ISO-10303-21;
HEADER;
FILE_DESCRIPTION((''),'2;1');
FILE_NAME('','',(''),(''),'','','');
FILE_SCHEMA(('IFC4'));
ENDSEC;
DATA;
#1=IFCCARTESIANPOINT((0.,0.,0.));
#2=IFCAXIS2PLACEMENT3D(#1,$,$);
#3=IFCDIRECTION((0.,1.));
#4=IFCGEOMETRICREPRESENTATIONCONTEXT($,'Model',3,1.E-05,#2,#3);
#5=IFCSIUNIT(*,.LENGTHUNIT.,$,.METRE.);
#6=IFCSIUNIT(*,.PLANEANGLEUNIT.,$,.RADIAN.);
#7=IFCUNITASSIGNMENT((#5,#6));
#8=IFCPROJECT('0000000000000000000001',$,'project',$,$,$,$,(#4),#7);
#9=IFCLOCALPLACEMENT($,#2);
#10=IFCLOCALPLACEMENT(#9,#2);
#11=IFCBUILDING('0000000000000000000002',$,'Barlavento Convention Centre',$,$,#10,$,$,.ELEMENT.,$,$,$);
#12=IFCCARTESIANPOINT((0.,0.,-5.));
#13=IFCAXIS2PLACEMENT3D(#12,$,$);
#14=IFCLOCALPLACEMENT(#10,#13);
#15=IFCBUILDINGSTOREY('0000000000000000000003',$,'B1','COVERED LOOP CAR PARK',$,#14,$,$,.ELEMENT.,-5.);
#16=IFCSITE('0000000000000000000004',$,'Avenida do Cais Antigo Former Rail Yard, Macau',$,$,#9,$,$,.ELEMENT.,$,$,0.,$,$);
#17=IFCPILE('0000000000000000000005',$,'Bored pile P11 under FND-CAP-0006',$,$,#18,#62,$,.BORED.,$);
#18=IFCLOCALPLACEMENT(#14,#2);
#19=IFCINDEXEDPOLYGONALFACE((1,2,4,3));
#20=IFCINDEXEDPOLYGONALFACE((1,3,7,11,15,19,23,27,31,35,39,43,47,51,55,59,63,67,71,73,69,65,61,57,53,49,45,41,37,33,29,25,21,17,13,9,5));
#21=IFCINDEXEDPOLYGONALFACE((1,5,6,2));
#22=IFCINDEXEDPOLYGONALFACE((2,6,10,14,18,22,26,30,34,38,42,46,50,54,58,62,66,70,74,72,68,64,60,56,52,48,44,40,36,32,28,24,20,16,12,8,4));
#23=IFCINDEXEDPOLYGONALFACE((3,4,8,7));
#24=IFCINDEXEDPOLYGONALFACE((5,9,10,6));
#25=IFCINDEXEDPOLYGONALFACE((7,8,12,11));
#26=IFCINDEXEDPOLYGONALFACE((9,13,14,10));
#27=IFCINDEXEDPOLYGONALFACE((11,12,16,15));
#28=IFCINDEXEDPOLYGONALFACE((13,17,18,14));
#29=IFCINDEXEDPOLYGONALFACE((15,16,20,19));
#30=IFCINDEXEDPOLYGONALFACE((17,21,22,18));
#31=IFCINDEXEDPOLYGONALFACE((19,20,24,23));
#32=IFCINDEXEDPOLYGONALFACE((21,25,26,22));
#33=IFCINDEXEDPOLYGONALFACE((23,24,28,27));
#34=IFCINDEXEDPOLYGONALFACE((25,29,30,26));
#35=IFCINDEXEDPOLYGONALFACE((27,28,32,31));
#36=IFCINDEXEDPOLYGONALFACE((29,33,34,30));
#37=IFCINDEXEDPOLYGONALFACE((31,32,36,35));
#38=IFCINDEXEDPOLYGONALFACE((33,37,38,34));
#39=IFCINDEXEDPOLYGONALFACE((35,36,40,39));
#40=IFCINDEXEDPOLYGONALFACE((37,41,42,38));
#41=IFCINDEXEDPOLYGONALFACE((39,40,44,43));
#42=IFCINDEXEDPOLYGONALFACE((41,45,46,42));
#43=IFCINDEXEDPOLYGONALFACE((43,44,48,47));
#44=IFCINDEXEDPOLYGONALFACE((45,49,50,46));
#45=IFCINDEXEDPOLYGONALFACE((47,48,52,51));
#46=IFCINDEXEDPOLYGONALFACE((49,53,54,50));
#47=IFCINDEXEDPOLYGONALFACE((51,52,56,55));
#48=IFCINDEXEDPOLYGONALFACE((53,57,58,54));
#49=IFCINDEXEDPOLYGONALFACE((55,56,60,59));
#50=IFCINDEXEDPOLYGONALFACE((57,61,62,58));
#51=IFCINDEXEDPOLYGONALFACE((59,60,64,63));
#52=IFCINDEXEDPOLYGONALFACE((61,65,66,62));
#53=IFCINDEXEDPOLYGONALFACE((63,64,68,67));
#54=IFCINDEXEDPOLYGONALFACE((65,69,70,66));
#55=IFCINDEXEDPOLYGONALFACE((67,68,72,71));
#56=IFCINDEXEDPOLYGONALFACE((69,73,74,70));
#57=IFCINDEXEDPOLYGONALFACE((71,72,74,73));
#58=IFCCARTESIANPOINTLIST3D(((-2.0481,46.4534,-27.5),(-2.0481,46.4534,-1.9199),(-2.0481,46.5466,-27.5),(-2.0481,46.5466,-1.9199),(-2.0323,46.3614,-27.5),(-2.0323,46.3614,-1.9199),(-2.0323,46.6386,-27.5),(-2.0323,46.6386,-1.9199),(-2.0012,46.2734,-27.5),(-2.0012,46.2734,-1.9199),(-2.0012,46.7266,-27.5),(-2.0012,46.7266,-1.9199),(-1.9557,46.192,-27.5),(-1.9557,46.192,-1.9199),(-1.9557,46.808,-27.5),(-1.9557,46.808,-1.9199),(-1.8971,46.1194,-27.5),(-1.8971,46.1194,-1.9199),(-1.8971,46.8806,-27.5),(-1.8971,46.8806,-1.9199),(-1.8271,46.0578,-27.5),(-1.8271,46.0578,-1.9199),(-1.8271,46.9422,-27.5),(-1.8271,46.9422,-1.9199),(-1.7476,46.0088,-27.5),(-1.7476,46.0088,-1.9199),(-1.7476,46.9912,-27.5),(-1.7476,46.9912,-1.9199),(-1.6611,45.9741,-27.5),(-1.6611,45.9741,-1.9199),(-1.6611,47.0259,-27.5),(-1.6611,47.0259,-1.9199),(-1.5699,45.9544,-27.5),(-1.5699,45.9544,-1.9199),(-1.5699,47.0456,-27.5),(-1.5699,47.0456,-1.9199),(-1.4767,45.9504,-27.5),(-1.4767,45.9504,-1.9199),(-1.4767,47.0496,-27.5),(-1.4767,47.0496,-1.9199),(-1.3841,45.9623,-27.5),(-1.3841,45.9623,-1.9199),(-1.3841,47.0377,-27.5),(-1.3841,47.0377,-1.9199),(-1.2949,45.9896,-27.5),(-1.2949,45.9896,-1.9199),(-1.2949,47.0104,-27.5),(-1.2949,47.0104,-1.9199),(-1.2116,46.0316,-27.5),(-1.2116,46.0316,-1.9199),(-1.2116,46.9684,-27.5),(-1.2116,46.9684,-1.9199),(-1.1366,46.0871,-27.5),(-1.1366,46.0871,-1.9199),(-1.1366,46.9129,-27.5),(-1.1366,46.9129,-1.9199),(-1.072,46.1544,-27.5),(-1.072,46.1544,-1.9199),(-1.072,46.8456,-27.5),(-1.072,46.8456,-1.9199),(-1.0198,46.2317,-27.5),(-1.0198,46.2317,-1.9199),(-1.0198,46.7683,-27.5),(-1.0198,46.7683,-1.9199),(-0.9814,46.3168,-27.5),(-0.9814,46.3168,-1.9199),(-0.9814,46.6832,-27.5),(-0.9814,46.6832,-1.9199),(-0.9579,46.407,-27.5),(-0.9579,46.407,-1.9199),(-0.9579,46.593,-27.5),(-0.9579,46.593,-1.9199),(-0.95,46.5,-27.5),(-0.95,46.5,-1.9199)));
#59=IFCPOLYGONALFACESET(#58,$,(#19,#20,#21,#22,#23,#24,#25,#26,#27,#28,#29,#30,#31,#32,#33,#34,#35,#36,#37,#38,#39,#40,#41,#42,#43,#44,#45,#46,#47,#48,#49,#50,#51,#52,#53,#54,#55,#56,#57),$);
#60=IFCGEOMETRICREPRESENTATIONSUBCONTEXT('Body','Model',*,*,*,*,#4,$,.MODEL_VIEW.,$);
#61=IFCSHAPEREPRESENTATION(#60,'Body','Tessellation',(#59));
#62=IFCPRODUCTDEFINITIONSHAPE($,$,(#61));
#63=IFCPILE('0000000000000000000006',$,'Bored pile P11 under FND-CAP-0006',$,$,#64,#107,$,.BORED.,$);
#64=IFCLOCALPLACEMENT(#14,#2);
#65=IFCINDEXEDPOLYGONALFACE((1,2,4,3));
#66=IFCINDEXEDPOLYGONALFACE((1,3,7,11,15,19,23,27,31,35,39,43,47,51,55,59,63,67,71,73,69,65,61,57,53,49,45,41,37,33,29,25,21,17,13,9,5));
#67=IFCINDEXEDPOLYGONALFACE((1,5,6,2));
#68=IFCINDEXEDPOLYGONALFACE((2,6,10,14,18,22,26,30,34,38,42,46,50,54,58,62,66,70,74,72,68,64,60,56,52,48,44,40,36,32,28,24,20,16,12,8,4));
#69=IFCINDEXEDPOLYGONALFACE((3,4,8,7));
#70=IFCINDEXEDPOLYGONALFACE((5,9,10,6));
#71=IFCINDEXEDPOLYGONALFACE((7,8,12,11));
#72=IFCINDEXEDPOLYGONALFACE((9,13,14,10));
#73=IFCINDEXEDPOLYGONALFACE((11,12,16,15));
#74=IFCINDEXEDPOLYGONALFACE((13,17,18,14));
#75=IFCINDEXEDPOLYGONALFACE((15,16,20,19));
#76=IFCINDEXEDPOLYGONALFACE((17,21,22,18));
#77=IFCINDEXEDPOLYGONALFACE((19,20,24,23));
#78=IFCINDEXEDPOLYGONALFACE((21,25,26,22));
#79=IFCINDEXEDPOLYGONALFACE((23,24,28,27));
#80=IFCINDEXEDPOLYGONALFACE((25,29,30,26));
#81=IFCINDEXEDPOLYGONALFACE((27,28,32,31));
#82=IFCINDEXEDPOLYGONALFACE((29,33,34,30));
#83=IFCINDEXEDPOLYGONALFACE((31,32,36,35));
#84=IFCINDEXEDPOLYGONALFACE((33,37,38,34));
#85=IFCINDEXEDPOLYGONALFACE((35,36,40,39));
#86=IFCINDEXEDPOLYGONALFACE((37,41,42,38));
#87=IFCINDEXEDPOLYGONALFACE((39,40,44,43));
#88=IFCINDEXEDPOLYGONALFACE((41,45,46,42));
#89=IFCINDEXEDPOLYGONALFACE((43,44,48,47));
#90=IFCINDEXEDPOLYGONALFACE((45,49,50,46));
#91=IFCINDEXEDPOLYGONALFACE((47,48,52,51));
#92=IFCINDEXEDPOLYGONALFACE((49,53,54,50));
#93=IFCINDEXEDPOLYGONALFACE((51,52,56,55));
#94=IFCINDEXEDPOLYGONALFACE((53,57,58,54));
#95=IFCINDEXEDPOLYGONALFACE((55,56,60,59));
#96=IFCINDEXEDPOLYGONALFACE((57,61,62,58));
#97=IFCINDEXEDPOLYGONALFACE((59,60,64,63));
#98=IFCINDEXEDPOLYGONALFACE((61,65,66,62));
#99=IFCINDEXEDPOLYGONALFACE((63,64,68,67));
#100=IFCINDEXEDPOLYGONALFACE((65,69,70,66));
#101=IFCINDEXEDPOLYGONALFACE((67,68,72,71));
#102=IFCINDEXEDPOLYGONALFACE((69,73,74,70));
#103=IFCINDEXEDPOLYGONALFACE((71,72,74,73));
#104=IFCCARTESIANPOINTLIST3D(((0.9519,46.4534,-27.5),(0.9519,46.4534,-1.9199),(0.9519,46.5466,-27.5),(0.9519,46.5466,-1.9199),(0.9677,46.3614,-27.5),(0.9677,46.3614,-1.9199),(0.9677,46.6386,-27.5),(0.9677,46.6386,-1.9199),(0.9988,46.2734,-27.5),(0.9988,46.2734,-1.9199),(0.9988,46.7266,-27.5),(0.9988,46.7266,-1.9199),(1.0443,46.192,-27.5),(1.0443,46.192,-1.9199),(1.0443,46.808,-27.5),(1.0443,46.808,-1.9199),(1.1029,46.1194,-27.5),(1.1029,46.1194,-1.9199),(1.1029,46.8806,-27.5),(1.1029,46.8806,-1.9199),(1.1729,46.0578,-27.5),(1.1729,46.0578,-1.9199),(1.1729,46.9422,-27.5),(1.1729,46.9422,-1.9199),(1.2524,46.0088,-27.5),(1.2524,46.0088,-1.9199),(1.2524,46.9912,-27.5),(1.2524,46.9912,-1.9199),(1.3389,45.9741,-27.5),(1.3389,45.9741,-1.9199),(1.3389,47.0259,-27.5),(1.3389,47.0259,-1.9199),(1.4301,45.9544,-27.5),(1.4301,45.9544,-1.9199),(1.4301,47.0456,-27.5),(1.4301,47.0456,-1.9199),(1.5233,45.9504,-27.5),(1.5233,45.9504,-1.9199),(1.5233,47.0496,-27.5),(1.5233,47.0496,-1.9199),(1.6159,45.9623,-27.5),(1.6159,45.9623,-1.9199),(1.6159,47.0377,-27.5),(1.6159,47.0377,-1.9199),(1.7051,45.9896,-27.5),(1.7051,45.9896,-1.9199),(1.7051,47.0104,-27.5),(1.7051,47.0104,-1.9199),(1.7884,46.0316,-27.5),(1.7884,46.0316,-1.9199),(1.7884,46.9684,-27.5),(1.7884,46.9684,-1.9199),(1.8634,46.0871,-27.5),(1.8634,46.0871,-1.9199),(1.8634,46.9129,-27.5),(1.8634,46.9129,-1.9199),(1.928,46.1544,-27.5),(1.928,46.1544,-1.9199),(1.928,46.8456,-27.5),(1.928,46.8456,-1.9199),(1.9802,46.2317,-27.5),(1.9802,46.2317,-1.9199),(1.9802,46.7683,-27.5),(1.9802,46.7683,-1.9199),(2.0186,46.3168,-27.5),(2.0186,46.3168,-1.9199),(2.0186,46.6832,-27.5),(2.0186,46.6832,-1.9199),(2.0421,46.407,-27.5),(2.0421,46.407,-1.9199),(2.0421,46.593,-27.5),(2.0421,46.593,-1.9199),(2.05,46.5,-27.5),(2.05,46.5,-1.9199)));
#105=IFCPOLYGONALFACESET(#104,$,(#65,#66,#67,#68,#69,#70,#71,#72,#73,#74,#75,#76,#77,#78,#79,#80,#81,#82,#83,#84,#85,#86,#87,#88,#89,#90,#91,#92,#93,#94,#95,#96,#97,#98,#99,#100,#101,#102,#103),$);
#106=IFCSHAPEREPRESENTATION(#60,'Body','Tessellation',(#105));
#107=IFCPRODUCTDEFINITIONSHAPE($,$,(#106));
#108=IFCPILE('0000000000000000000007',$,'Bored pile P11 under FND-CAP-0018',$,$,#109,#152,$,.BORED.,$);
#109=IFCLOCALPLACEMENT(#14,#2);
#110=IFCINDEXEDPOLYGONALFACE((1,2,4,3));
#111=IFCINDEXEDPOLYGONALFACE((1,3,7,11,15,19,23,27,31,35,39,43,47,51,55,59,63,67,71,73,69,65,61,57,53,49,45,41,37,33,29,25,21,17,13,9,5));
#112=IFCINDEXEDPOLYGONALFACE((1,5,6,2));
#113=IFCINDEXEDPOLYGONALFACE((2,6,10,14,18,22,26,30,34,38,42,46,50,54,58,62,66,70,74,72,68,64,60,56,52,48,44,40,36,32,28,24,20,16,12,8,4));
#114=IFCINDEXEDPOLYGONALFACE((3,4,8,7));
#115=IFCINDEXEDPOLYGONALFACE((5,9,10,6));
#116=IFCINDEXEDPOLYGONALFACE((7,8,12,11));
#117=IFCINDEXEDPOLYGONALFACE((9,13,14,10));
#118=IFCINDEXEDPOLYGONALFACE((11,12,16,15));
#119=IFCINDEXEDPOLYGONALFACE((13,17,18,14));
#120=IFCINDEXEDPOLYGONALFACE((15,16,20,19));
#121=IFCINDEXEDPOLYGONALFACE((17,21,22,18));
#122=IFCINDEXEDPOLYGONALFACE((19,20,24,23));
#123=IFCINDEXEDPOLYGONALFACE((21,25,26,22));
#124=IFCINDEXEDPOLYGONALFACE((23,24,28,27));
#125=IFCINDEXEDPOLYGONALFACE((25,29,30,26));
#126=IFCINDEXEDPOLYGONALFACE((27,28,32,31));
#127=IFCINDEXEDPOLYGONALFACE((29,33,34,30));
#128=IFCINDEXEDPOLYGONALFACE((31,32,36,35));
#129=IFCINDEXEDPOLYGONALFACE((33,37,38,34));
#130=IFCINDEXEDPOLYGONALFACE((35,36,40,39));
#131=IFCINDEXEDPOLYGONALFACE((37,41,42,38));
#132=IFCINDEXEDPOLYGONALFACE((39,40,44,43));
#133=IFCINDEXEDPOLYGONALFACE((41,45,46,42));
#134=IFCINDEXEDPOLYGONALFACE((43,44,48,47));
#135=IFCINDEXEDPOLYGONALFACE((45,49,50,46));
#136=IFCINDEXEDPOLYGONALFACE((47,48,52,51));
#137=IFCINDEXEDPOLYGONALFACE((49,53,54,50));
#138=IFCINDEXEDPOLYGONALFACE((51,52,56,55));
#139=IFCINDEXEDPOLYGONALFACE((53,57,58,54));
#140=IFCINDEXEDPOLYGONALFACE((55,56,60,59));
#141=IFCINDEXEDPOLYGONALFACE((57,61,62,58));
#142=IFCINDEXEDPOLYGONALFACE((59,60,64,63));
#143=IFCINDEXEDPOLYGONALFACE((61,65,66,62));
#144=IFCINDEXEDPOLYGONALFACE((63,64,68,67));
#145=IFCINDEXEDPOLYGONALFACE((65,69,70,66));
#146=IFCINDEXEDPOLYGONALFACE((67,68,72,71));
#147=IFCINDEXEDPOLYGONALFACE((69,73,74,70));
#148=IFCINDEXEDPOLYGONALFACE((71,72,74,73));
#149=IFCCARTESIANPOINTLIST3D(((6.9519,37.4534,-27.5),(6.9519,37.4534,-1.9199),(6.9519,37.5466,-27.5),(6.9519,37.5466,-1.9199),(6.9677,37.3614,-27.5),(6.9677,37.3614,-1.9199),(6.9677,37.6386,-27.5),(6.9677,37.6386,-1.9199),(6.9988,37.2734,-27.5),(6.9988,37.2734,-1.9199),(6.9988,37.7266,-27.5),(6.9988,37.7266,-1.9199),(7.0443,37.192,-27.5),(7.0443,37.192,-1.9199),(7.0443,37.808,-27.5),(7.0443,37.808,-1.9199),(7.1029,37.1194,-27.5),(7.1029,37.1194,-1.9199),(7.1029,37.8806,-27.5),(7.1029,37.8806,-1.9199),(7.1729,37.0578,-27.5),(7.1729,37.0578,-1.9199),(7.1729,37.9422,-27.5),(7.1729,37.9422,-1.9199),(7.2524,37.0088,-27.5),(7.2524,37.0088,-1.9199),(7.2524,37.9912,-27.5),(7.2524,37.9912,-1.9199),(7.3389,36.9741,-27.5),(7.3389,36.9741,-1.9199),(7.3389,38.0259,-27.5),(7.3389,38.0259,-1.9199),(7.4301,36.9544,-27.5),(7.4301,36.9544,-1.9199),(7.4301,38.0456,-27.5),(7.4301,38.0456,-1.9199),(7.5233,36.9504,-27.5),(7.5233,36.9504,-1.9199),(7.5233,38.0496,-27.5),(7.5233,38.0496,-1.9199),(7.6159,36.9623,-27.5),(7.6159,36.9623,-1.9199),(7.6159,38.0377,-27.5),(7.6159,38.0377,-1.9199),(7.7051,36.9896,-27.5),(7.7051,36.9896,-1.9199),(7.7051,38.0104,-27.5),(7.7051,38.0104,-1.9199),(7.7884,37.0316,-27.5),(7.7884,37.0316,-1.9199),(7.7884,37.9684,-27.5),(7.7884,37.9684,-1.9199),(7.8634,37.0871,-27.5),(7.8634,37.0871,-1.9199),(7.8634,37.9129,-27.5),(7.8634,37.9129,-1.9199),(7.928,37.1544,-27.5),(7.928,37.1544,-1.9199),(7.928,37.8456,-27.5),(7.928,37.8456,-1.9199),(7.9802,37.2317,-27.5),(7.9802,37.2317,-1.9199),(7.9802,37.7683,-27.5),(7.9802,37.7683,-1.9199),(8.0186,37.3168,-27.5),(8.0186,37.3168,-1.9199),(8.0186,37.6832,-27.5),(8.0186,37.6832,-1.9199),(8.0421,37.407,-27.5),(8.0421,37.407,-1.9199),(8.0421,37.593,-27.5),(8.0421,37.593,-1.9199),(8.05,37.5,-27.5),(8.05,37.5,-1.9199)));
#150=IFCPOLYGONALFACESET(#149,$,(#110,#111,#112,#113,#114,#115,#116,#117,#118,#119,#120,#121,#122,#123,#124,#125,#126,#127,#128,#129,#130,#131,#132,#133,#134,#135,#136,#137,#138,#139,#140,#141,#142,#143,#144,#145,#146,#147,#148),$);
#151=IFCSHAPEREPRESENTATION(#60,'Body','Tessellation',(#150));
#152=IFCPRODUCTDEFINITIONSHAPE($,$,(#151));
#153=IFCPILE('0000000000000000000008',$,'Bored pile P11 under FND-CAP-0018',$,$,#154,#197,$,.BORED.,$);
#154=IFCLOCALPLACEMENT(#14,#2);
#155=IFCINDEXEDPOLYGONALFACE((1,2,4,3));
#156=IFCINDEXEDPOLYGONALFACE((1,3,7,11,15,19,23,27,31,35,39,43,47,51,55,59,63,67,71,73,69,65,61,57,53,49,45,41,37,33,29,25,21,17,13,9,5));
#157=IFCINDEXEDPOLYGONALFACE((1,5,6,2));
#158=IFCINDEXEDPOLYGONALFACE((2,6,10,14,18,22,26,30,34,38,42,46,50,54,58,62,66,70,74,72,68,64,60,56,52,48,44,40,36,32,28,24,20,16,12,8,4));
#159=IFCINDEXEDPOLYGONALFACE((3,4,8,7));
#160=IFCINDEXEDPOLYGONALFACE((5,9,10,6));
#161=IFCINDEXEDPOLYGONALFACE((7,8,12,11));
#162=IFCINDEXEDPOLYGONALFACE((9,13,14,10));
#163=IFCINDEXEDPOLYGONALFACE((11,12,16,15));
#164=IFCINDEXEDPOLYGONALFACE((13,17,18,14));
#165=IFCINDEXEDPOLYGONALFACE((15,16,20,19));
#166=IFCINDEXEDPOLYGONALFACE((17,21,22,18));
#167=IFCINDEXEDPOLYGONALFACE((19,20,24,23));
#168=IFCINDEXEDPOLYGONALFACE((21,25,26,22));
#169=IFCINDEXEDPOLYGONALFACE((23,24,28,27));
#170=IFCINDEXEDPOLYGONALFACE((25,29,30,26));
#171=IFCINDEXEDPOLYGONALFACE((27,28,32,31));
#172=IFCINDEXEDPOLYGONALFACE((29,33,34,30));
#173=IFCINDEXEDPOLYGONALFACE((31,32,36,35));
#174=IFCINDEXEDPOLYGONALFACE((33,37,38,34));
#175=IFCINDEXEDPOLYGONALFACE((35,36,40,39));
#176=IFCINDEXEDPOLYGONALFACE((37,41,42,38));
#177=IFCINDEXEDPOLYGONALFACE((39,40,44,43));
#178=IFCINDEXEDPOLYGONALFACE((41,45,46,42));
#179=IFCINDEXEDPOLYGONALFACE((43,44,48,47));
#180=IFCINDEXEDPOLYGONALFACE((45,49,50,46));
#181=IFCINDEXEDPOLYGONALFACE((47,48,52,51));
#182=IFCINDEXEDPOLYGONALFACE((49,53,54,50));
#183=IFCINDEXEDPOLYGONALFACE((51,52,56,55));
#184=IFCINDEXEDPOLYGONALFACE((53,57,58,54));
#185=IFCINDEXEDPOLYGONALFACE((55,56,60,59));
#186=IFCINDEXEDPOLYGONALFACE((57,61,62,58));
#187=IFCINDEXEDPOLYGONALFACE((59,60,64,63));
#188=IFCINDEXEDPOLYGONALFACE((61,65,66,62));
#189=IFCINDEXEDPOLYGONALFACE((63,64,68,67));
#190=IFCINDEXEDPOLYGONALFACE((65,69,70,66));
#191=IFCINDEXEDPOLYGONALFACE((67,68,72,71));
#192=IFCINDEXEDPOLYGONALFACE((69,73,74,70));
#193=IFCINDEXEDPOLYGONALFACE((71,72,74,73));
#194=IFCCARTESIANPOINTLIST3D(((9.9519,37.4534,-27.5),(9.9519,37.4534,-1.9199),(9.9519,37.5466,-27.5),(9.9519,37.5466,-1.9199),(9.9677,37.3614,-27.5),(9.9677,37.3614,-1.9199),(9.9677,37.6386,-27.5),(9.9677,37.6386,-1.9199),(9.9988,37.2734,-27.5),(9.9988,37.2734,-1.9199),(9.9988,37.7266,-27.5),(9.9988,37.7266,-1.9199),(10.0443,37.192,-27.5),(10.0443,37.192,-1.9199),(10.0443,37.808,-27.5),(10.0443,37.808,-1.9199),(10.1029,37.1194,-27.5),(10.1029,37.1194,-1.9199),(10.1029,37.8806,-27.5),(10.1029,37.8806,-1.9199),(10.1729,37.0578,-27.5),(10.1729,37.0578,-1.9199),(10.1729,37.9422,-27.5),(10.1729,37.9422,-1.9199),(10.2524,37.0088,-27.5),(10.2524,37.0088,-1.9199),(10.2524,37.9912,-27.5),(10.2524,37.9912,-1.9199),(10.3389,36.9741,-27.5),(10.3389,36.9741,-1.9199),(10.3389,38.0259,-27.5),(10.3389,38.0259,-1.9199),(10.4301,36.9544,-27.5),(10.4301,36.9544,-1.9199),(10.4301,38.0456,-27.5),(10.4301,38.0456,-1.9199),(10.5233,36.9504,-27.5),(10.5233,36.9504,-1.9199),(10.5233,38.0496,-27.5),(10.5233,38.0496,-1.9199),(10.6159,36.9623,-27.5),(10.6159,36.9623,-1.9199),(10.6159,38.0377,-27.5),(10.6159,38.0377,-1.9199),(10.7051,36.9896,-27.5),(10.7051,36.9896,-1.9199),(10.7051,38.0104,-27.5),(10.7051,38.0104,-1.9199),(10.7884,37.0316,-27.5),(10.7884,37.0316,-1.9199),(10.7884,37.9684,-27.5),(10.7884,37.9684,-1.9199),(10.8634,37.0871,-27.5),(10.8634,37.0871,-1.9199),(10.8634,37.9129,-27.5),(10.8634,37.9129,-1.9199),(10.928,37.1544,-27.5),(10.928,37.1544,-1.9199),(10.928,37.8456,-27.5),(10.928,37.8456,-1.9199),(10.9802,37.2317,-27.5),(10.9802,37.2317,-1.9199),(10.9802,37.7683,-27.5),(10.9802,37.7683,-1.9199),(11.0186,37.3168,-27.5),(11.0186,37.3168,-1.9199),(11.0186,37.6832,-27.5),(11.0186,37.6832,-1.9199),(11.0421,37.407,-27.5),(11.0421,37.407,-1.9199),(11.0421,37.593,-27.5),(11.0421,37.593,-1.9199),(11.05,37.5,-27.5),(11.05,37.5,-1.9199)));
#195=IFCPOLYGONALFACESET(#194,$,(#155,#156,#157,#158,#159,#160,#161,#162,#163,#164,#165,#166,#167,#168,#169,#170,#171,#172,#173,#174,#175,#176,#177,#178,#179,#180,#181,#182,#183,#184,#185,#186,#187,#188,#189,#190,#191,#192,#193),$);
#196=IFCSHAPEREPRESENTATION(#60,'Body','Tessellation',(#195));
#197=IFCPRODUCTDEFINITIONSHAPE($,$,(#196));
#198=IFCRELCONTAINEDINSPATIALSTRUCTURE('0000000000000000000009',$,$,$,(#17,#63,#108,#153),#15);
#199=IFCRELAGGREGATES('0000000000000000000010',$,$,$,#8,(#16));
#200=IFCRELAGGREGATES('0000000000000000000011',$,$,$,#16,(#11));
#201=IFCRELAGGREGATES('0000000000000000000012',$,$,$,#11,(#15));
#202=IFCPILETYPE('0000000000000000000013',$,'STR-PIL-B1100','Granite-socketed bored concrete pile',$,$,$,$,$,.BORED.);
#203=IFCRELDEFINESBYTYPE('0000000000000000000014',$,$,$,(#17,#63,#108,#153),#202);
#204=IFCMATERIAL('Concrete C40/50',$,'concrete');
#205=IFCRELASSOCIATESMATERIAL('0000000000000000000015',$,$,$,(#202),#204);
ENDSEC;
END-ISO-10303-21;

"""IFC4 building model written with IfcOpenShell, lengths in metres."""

from ifc_helpers import new_model, si_unit, direction, frame, origin, origin_2d, place, context, subcontext, project, spatial, circle, extrude, material, material_profile, profile_set, type_object, element, save


model = new_model("IFC4")

# Units and contexts
model_context = context("Model", 3, precision=1e-05, world=origin(), true_north=direction((0.0, 1.0)))
body_context = subcontext(model_context, "Body", "Model", "MODEL_VIEW")
ifc_project = project(units=[si_unit("LENGTHUNIT", "METRE"), si_unit("PLANEANGLEUNIT", "RADIAN")], contexts=[model_context])

# Site, building, storey
site_placement = place(None, origin())
site = spatial("IfcSite", under=ifc_project, at=site_placement, Name="Avenida do Cais Antigo Former Rail Yard, Macau", CompositionType="ELEMENT", RefElevation=0.0)
building_placement = place(site_placement, origin())
building = spatial("IfcBuilding", under=site, at=building_placement, Name="Barlavento Convention Centre", CompositionType="ELEMENT")
storey_placement = place(building_placement, frame((0.0, 0.0, -5.0)))
storey = spatial("IfcBuildingStorey", under=building, at=storey_placement, Name="B1", Description="COVERED LOOP CAR PARK", CompositionType="ELEMENT", Elevation=-5.0)

# Shared definitions
ifc_material_1 = material(Name="Concrete C40/50", Category="concrete")

# Piles
ifc_material_profile_1 = material_profile(ifc_material_1, circle(Radius=0.55, at=origin_2d()), Name="BORED PILE 1100")
ifc_profile_set_1 = profile_set([ifc_material_profile_1], Name="Concrete C40/50")
pile_type_1 = type_object("IfcPileType", Name="STR-PIL-B1100", Description="Granite-socketed bored concrete pile", PredefinedType="BORED", material=ifc_profile_set_1)
for number, where, z_axis, x_axis, name in (
    (1, (-1.5, 46.5, -1.9199), (0.0, 0.0, -1.0), (1.0, 0.0, 0.0), "Bored pile P11 under FND-CAP-0006"),
    (2, (1.5, 46.5, -1.9199), (0.0, 0.0, -1.0), (1.0, 0.0, 0.0), "Bored pile P11 under FND-CAP-0006"),
    (3, (7.5, 37.5, -1.9199), (0.0, 0.0, -1.0), (1.0, 0.0, 0.0), "Bored pile P11 under FND-CAP-0018"),
    (4, (10.5, 37.5, -1.9199), (0.0, 0.0, -1.0), (1.0, 0.0, 0.0), "Bored pile P11 under FND-CAP-0018"),
):
    element("IfcPile", number, at=place(storey_placement, frame(where, z_axis=z_axis, x_axis=x_axis)), inside=storey, type_object=pile_type_1, Name=name, PredefinedType="BORED", context=body_context, shape_type="SweptSolid", body=[
        extrude(circle(Radius=0.55, at=origin_2d()), origin(), (0.0, 0.0, 1.0), 25.5801),
    ])

save(model, "model.ifc")
